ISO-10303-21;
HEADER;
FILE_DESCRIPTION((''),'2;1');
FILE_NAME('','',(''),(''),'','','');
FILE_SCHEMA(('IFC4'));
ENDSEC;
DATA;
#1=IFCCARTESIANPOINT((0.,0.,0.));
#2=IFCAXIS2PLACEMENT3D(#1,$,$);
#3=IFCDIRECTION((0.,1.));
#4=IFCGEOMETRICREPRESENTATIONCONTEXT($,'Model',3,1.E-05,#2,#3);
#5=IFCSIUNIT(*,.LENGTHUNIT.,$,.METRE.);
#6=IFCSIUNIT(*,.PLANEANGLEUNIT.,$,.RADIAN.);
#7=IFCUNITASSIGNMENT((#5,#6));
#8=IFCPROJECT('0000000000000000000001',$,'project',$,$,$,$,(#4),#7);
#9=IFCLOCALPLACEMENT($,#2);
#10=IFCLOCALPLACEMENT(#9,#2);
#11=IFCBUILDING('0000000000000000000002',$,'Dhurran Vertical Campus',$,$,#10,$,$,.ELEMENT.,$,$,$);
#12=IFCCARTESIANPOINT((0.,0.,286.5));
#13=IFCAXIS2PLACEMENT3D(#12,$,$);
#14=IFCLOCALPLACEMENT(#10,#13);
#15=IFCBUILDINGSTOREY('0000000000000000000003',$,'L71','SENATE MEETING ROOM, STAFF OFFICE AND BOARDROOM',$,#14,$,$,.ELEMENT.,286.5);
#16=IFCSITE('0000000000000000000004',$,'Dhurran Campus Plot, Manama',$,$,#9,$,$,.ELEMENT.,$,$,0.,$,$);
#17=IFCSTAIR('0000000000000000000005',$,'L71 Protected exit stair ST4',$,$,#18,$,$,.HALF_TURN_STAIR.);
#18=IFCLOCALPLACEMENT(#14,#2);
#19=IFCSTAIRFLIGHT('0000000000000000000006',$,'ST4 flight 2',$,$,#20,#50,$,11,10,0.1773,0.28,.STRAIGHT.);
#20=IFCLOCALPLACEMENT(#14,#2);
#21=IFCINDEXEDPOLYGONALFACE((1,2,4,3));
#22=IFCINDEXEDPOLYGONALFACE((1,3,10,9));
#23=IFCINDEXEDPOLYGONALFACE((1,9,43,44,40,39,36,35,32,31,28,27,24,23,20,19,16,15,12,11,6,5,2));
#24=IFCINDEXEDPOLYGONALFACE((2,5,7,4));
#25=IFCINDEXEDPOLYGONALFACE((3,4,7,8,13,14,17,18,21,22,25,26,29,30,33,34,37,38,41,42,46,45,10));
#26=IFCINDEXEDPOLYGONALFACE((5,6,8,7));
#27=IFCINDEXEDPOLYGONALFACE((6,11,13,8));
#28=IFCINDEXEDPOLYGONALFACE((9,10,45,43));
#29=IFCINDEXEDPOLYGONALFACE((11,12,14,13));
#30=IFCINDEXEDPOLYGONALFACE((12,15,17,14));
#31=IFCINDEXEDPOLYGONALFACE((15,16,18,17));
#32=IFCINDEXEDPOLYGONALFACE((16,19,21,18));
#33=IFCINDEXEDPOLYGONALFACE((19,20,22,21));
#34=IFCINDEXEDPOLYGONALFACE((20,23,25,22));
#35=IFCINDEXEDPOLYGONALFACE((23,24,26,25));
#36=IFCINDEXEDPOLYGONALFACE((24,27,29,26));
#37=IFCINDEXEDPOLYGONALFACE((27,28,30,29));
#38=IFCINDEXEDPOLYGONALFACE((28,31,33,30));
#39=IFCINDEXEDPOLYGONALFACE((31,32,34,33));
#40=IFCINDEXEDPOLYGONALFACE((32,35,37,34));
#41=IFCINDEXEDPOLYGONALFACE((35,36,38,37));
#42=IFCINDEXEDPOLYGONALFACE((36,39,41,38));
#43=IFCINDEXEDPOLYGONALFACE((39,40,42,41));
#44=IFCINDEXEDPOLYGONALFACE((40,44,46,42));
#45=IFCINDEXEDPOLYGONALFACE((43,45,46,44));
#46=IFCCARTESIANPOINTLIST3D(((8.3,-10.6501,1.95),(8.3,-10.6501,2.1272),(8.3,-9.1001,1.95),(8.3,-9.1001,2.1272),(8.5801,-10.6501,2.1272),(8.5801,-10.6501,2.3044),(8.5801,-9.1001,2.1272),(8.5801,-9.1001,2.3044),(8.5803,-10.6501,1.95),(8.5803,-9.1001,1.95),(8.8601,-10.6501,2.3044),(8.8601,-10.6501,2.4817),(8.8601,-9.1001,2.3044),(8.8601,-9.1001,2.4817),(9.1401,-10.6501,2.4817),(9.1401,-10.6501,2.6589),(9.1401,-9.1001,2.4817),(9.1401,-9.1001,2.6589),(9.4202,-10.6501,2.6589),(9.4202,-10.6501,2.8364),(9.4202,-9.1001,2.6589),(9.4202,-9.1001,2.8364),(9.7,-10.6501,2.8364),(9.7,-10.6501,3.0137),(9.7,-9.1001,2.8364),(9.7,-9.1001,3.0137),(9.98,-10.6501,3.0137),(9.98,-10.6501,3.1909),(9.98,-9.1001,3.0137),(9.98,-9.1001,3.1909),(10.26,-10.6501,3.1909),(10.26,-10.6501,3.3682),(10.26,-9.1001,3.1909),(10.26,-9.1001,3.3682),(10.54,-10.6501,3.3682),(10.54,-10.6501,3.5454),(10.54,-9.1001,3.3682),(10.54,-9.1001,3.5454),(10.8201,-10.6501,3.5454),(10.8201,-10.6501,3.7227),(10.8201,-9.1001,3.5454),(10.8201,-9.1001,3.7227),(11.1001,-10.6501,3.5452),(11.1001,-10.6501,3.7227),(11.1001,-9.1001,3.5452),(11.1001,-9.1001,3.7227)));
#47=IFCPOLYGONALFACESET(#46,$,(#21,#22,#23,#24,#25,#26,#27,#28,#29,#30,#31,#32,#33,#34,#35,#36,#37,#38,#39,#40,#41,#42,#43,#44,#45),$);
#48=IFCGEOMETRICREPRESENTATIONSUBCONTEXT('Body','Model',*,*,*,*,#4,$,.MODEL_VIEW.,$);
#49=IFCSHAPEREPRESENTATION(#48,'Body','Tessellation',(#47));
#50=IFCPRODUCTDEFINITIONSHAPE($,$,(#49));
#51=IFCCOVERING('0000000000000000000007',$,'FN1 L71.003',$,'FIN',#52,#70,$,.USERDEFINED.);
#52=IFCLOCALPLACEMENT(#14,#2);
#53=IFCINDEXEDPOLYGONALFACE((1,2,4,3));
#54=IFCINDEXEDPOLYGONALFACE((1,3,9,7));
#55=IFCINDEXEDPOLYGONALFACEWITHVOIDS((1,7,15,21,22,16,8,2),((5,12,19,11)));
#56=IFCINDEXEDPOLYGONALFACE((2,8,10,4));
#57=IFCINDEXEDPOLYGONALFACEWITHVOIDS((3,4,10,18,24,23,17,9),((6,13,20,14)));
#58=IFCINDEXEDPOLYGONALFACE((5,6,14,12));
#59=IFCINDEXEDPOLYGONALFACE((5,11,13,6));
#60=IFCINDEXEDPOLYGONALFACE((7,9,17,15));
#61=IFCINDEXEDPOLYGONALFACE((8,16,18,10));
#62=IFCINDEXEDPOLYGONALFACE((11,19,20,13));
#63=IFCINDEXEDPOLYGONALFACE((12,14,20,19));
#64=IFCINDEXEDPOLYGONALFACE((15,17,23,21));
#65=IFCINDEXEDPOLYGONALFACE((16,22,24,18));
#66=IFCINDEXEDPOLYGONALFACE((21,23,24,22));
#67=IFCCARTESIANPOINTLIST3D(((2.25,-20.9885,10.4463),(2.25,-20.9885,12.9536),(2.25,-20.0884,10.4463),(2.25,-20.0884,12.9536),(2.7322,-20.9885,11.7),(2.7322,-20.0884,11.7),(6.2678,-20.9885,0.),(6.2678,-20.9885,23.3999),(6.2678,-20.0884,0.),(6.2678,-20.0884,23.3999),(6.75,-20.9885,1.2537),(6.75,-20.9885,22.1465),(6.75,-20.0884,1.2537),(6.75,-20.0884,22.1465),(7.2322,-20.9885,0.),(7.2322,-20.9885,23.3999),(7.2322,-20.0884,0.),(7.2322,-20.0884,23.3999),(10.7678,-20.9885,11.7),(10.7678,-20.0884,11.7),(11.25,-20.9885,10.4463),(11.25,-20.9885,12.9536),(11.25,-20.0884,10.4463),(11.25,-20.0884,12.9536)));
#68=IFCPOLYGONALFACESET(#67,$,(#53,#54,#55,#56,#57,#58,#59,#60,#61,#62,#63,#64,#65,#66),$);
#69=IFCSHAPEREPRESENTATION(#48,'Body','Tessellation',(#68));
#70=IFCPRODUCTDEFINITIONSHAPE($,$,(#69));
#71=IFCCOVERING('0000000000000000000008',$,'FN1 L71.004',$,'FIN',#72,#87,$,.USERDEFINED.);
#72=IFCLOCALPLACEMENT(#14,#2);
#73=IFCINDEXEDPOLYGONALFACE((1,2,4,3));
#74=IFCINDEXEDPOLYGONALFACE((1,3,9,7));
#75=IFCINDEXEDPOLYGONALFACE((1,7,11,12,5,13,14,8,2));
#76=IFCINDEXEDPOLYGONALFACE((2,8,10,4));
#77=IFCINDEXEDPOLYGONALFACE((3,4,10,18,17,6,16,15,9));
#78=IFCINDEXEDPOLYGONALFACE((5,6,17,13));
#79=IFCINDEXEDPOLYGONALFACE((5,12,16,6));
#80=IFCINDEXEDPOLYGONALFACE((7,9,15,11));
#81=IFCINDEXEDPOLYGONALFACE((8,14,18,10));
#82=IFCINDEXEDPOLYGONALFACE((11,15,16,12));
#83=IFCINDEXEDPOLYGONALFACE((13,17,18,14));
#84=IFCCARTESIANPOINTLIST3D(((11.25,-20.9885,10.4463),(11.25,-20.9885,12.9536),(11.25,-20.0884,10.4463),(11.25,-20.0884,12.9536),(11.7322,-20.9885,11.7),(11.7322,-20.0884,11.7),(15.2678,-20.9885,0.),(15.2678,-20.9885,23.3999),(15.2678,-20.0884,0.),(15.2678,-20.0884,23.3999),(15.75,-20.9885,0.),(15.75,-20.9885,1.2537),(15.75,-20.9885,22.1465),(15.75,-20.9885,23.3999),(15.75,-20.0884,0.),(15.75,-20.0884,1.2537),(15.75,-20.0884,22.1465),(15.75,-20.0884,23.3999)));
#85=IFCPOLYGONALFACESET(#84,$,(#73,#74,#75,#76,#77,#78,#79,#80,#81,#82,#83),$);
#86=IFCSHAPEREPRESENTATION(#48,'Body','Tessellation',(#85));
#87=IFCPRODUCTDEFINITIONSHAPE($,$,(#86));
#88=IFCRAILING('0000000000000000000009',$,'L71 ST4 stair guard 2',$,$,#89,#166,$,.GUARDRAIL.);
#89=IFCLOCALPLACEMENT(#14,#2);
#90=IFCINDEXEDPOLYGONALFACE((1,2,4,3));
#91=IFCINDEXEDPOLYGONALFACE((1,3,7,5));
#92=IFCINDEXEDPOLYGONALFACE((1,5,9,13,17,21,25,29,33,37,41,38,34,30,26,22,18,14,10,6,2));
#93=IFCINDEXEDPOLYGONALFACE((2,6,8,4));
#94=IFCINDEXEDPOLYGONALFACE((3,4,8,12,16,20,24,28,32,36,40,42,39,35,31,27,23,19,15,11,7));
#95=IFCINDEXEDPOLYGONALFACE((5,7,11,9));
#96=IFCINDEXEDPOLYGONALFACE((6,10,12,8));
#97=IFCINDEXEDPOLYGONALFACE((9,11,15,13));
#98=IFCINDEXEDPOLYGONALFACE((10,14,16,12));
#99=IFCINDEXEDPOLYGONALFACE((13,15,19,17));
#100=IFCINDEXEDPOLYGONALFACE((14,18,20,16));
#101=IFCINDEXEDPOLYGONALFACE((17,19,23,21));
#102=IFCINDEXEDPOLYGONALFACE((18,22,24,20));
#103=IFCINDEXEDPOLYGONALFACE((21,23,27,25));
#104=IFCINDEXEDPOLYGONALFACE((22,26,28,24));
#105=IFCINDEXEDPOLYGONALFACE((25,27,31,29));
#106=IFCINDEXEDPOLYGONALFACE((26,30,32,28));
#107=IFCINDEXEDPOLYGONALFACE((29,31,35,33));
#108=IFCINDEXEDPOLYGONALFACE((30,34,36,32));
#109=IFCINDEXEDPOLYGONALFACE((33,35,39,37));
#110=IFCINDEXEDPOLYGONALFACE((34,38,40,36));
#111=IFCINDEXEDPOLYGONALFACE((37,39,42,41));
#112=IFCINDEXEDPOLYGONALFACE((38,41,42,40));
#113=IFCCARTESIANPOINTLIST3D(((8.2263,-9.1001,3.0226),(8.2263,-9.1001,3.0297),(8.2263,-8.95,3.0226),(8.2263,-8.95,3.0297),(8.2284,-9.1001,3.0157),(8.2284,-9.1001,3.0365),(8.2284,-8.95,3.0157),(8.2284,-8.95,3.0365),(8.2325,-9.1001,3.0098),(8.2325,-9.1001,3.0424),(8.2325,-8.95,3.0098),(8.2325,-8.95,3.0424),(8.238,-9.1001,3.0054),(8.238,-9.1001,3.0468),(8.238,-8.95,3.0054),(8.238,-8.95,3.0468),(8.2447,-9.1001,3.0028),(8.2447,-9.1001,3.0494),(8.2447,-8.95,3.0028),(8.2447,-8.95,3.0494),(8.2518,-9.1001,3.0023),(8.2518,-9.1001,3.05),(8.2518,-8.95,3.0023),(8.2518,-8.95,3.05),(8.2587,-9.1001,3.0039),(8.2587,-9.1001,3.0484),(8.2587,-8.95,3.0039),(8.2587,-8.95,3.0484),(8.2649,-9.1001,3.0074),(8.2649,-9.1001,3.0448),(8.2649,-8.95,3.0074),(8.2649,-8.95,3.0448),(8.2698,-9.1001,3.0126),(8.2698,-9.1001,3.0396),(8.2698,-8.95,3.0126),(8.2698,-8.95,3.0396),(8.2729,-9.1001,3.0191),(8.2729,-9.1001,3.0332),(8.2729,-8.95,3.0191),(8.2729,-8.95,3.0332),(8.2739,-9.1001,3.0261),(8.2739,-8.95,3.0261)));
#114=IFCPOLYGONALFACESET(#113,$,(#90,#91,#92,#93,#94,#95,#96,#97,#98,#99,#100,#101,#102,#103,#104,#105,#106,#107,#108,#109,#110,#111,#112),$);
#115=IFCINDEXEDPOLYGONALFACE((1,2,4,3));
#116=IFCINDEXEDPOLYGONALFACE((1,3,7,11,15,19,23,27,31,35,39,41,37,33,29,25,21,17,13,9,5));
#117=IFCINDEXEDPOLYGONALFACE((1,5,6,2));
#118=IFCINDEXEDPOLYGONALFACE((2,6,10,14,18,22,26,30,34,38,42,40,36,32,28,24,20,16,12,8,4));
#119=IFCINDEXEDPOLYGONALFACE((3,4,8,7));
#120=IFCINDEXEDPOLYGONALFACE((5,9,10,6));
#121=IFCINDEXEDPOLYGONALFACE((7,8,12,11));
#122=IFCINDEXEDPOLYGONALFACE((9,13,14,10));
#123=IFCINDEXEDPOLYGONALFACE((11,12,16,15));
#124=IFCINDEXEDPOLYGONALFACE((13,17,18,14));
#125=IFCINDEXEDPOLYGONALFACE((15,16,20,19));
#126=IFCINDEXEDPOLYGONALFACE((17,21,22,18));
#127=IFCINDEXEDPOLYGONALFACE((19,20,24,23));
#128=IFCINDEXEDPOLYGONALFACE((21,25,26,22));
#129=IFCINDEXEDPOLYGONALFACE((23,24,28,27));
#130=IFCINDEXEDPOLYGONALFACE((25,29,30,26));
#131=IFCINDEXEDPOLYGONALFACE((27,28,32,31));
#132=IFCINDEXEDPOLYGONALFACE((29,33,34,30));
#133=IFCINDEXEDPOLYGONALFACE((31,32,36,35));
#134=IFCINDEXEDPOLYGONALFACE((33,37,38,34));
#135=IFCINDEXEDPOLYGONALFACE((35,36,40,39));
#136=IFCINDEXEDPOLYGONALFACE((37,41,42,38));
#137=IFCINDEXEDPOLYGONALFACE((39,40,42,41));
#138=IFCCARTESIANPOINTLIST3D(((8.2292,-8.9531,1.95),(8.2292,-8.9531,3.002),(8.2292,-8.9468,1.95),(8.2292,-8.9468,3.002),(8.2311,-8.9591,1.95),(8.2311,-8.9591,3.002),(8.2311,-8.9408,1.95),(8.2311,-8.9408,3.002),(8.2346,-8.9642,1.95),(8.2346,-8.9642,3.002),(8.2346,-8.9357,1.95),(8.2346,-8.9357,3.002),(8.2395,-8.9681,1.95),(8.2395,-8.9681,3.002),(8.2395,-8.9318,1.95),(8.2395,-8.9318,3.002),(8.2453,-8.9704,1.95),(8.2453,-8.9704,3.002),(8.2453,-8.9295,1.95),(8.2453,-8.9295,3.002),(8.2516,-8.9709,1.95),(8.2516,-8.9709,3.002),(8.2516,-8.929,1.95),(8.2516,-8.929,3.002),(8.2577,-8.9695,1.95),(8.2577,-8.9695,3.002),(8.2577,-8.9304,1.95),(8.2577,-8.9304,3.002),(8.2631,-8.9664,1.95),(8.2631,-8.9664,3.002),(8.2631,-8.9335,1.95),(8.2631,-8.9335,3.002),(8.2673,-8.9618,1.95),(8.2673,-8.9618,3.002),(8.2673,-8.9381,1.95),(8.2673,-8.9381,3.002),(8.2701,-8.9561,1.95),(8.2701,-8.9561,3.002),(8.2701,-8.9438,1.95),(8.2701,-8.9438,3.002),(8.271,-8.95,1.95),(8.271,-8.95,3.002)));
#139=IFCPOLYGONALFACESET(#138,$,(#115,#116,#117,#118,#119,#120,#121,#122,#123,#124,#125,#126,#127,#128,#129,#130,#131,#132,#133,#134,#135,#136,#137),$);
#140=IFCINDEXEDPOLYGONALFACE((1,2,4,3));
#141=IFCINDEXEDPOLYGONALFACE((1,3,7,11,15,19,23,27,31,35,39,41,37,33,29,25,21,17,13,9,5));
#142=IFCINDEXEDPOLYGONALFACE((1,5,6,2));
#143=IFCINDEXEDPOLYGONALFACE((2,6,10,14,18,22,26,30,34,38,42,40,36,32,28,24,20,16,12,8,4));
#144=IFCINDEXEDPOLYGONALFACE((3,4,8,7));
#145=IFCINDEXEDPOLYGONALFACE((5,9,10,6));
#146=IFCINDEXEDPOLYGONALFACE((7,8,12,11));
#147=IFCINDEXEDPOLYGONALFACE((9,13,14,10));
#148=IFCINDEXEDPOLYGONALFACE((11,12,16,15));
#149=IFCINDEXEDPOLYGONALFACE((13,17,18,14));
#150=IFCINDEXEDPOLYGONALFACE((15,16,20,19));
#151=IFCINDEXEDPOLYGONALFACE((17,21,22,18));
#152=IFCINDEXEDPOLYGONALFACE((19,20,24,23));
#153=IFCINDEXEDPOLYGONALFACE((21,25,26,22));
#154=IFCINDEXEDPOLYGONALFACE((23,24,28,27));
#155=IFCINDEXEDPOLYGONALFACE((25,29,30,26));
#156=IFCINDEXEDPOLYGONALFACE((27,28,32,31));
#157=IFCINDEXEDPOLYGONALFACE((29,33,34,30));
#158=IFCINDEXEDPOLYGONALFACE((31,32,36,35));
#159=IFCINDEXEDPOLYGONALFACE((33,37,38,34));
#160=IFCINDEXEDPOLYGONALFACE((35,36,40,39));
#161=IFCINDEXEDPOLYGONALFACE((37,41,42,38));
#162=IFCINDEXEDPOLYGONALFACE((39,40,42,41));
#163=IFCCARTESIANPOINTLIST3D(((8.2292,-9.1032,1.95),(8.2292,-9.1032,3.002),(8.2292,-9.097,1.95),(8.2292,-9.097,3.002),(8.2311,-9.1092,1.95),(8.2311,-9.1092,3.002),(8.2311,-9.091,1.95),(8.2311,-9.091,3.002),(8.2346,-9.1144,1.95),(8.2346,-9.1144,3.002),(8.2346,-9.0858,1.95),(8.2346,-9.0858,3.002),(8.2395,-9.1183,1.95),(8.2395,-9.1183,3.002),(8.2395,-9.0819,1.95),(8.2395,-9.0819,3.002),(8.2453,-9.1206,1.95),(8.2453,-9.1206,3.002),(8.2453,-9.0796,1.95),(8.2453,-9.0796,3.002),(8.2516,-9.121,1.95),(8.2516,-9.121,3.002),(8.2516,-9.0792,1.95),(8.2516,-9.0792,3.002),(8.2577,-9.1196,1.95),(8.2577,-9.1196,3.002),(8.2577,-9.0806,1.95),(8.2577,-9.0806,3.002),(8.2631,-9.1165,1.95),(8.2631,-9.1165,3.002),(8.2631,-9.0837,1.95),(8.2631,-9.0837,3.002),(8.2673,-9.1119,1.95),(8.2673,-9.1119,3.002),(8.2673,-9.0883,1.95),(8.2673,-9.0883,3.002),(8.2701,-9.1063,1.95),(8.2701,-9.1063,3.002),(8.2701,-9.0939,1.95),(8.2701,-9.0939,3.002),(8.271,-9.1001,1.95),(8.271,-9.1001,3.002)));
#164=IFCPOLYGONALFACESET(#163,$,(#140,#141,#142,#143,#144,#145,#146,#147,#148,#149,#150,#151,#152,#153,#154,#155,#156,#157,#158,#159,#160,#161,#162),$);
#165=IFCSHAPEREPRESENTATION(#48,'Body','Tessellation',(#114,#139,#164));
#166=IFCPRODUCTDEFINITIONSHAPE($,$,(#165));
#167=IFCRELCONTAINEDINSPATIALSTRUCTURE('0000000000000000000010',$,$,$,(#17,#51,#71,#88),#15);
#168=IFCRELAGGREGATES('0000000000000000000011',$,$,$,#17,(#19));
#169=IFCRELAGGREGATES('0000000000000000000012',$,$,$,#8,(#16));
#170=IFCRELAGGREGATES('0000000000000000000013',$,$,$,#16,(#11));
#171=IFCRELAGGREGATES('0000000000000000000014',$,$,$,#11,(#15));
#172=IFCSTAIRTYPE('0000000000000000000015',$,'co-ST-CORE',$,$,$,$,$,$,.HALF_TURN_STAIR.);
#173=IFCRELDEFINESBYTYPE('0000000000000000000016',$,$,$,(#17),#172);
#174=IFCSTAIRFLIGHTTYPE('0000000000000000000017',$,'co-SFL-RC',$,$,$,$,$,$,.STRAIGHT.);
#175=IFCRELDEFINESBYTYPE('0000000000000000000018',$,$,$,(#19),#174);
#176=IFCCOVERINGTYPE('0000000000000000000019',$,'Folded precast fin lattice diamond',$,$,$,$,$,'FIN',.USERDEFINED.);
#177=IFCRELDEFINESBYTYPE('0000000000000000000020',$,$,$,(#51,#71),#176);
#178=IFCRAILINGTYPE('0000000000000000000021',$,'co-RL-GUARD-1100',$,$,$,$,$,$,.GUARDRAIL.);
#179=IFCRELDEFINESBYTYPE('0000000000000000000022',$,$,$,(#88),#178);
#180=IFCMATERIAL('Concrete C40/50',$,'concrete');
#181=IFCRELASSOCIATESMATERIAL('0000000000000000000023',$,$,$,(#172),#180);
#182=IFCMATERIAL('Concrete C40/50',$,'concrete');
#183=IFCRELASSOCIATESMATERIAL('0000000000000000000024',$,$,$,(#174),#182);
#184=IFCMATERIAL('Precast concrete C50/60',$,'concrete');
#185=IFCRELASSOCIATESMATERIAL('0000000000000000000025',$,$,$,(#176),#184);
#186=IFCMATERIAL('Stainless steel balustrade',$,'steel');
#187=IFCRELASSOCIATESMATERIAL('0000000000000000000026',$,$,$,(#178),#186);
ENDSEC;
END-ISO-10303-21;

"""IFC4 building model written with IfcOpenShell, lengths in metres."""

from ifc_helpers import new_model, si_unit, direction, frame, origin, origin_2d, place, context, subcontext, project, spatial, polyline, circle, outline, extrude, material, type_object, element, aggregate, save


model = new_model("IFC4")

# Units and contexts
model_context = context("Model", 3, precision=1e-05, world=origin(), true_north=direction((0.0, 1.0)))
body_context = subcontext(model_context, "Body", "Model", "MODEL_VIEW")
ifc_project = project(units=[si_unit("LENGTHUNIT", "METRE"), si_unit("PLANEANGLEUNIT", "RADIAN")], contexts=[model_context])

# Site, building, storey
site_placement = place(None, origin())
site = spatial("IfcSite", under=ifc_project, at=site_placement, Name="Dhurran Campus Plot, Manama", CompositionType="ELEMENT", RefElevation=0.0)
building_placement = place(site_placement, origin())
building = spatial("IfcBuilding", under=site, at=building_placement, Name="Dhurran Vertical Campus", CompositionType="ELEMENT")
storey_placement = place(building_placement, frame((0.0, 0.0, 286.5)))
storey = spatial("IfcBuildingStorey", under=building, at=storey_placement, Name="L71", Description="SENATE MEETING ROOM, STAFF OFFICE AND BOARDROOM", CompositionType="ELEMENT", Elevation=286.5)

# Stair, stair flight
ifc_material_1 = material(Name="Concrete C40/50", Category="concrete")
stair_type = type_object("IfcStairType", Name="co-ST-CORE", PredefinedType="HALF_TURN_STAIR", material=ifc_material_1)
stair_placement = place(storey_placement, origin())
stair = element("IfcStair", 1, at=stair_placement, inside=storey, type_object=stair_type, Name="L71 Protected exit stair ST4", PredefinedType="HALF_TURN_STAIR")
ifc_material_2 = material(Name="Concrete C40/50", Category="concrete")
stair_flight_type = type_object("IfcStairFlightType", Name="co-SFL-RC", PredefinedType="STRAIGHT", material=ifc_material_2)
stair_flight_placement = place(storey_placement, frame((8.3, -9.875, 1.95), z_axis=(0.0, 0.0, 1.0), x_axis=(1.0, 0.0, 0.0)))
stair_flight = element("IfcStairFlight", 2, at=stair_flight_placement, type_object=stair_flight_type, Name="ST4 flight 2", NumberOfRisers=11, NumberOfTreads=10, PredefinedType="STRAIGHT", RiserHeight=0.1773, TreadLength=0.28, context=body_context, shape_type="SweptSolid", body=[
    extrude(outline(polyline([(0.0, 0.0), (0.0, 0.1772), (0.28, 0.1772), (0.28, 0.3545), (0.5601, 0.3545), (0.5601, 0.5317), (0.8401, 0.5317), (0.8401, 0.709), (1.1201, 0.709), (1.1201, 0.8865), (1.3999, 0.8865), (1.3999, 1.0637), (1.6799, 1.0637), (1.6799, 1.241), (1.96, 1.241), (1.96, 1.4182), (2.24, 1.4182), (2.24, 1.5955), (2.52, 1.5955), (2.52, 1.7727), (2.8, 1.7727), (2.8, 1.95), (2.8, 1.5952), (0.2803, 0.0), (0.0, 0.0)])), frame((0.0, 0.7749, 0.0), z_axis=(0.0, -1.0, 0.0), x_axis=(1.0, 0.0, 0.0)), (0.0, 0.0, 1.0), 1.55),
])
aggregate(stair, [stair_flight])

# Coverings
ifc_material_3 = material(Name="Precast concrete C50/60", Category="concrete")
covering_type = type_object("IfcCoveringType", Name="Folded precast fin lattice diamond", ElementType="FIN", PredefinedType="USERDEFINED", material=ifc_material_3)
covering_1_placement = place(storey_placement, frame((2.25, -20.0884, 0.0), z_axis=(0.0, -1.0, 0.0), x_axis=(1.0, 0.0, 0.0)))
element("IfcCovering", 3, at=covering_1_placement, inside=storey, type_object=covering_type, Name="FN1 L71.003", ObjectType="FIN", PredefinedType="USERDEFINED", context=body_context, shape_type="SweptSolid", body=[
    extrude(outline(polyline([(9.0, 12.9536), (9.0, 10.4463), (4.9822, 0.0), (4.0178, 0.0), (0.0, 10.4463), (0.0, 12.9536), (4.0178, 23.3999), (4.9822, 23.3999), (9.0, 12.9536)]), holes=[polyline([(8.5178, 11.7), (4.5, 22.1465), (0.4822, 11.7), (4.5, 1.2537), (8.5178, 11.7)])]), origin(), (0.0, 0.0, 1.0), 0.9001),
])
covering_2_placement = place(storey_placement, frame((11.25, -20.0884, 0.0), z_axis=(0.0, -1.0, 0.0), x_axis=(1.0, 0.0, 0.0)))
element("IfcCovering", 4, at=covering_2_placement, inside=storey, type_object=covering_type, Name="FN1 L71.004", ObjectType="FIN", PredefinedType="USERDEFINED", context=body_context, shape_type="SweptSolid", body=[
    extrude(outline(polyline([(4.0178, 0.0), (0.0, 10.4463), (0.0, 12.9536), (4.0178, 23.3999), (4.5, 23.3999), (4.5, 22.1465), (0.4822, 11.7), (4.5, 1.2537), (4.5, 0.0), (4.0178, 0.0)])), origin(), (0.0, 0.0, 1.0), 0.9001),
])

# Railing
ifc_material_4 = material(Name="Stainless steel balustrade", Category="steel")
railing_type_1 = type_object("IfcRailingType", Name="co-RL-GUARD-1100", PredefinedType="GUARDRAIL", material=ifc_material_4)
railing_1_placement = place(storey_placement, frame((8.25, -8.95, 1.95)))
element("IfcRailing", 5, at=railing_1_placement, inside=storey, type_object=railing_type_1, Name="L71 ST4 stair guard 2", PredefinedType="GUARDRAIL", context=body_context, shape_type="SweptSolid", body=[
    extrude(circle(Radius=0.0239, at=origin_2d()), frame((0.0, 0.0, 1.0762), z_axis=(0.0, -1.0, 0.0), x_axis=(1.0, 0.0, 0.0)), (0.0, 0.0, 1.0), 0.1501),
    extrude(circle(Radius=0.021, at=origin_2d()), origin(), (0.0, 0.0, 1.0), 1.052),
    extrude(circle(Radius=0.021, at=origin_2d()), frame((0.0, -0.1501, 0.0)), (0.0, 0.0, 1.0), 1.052),
])

save(model, "model.ifc")
